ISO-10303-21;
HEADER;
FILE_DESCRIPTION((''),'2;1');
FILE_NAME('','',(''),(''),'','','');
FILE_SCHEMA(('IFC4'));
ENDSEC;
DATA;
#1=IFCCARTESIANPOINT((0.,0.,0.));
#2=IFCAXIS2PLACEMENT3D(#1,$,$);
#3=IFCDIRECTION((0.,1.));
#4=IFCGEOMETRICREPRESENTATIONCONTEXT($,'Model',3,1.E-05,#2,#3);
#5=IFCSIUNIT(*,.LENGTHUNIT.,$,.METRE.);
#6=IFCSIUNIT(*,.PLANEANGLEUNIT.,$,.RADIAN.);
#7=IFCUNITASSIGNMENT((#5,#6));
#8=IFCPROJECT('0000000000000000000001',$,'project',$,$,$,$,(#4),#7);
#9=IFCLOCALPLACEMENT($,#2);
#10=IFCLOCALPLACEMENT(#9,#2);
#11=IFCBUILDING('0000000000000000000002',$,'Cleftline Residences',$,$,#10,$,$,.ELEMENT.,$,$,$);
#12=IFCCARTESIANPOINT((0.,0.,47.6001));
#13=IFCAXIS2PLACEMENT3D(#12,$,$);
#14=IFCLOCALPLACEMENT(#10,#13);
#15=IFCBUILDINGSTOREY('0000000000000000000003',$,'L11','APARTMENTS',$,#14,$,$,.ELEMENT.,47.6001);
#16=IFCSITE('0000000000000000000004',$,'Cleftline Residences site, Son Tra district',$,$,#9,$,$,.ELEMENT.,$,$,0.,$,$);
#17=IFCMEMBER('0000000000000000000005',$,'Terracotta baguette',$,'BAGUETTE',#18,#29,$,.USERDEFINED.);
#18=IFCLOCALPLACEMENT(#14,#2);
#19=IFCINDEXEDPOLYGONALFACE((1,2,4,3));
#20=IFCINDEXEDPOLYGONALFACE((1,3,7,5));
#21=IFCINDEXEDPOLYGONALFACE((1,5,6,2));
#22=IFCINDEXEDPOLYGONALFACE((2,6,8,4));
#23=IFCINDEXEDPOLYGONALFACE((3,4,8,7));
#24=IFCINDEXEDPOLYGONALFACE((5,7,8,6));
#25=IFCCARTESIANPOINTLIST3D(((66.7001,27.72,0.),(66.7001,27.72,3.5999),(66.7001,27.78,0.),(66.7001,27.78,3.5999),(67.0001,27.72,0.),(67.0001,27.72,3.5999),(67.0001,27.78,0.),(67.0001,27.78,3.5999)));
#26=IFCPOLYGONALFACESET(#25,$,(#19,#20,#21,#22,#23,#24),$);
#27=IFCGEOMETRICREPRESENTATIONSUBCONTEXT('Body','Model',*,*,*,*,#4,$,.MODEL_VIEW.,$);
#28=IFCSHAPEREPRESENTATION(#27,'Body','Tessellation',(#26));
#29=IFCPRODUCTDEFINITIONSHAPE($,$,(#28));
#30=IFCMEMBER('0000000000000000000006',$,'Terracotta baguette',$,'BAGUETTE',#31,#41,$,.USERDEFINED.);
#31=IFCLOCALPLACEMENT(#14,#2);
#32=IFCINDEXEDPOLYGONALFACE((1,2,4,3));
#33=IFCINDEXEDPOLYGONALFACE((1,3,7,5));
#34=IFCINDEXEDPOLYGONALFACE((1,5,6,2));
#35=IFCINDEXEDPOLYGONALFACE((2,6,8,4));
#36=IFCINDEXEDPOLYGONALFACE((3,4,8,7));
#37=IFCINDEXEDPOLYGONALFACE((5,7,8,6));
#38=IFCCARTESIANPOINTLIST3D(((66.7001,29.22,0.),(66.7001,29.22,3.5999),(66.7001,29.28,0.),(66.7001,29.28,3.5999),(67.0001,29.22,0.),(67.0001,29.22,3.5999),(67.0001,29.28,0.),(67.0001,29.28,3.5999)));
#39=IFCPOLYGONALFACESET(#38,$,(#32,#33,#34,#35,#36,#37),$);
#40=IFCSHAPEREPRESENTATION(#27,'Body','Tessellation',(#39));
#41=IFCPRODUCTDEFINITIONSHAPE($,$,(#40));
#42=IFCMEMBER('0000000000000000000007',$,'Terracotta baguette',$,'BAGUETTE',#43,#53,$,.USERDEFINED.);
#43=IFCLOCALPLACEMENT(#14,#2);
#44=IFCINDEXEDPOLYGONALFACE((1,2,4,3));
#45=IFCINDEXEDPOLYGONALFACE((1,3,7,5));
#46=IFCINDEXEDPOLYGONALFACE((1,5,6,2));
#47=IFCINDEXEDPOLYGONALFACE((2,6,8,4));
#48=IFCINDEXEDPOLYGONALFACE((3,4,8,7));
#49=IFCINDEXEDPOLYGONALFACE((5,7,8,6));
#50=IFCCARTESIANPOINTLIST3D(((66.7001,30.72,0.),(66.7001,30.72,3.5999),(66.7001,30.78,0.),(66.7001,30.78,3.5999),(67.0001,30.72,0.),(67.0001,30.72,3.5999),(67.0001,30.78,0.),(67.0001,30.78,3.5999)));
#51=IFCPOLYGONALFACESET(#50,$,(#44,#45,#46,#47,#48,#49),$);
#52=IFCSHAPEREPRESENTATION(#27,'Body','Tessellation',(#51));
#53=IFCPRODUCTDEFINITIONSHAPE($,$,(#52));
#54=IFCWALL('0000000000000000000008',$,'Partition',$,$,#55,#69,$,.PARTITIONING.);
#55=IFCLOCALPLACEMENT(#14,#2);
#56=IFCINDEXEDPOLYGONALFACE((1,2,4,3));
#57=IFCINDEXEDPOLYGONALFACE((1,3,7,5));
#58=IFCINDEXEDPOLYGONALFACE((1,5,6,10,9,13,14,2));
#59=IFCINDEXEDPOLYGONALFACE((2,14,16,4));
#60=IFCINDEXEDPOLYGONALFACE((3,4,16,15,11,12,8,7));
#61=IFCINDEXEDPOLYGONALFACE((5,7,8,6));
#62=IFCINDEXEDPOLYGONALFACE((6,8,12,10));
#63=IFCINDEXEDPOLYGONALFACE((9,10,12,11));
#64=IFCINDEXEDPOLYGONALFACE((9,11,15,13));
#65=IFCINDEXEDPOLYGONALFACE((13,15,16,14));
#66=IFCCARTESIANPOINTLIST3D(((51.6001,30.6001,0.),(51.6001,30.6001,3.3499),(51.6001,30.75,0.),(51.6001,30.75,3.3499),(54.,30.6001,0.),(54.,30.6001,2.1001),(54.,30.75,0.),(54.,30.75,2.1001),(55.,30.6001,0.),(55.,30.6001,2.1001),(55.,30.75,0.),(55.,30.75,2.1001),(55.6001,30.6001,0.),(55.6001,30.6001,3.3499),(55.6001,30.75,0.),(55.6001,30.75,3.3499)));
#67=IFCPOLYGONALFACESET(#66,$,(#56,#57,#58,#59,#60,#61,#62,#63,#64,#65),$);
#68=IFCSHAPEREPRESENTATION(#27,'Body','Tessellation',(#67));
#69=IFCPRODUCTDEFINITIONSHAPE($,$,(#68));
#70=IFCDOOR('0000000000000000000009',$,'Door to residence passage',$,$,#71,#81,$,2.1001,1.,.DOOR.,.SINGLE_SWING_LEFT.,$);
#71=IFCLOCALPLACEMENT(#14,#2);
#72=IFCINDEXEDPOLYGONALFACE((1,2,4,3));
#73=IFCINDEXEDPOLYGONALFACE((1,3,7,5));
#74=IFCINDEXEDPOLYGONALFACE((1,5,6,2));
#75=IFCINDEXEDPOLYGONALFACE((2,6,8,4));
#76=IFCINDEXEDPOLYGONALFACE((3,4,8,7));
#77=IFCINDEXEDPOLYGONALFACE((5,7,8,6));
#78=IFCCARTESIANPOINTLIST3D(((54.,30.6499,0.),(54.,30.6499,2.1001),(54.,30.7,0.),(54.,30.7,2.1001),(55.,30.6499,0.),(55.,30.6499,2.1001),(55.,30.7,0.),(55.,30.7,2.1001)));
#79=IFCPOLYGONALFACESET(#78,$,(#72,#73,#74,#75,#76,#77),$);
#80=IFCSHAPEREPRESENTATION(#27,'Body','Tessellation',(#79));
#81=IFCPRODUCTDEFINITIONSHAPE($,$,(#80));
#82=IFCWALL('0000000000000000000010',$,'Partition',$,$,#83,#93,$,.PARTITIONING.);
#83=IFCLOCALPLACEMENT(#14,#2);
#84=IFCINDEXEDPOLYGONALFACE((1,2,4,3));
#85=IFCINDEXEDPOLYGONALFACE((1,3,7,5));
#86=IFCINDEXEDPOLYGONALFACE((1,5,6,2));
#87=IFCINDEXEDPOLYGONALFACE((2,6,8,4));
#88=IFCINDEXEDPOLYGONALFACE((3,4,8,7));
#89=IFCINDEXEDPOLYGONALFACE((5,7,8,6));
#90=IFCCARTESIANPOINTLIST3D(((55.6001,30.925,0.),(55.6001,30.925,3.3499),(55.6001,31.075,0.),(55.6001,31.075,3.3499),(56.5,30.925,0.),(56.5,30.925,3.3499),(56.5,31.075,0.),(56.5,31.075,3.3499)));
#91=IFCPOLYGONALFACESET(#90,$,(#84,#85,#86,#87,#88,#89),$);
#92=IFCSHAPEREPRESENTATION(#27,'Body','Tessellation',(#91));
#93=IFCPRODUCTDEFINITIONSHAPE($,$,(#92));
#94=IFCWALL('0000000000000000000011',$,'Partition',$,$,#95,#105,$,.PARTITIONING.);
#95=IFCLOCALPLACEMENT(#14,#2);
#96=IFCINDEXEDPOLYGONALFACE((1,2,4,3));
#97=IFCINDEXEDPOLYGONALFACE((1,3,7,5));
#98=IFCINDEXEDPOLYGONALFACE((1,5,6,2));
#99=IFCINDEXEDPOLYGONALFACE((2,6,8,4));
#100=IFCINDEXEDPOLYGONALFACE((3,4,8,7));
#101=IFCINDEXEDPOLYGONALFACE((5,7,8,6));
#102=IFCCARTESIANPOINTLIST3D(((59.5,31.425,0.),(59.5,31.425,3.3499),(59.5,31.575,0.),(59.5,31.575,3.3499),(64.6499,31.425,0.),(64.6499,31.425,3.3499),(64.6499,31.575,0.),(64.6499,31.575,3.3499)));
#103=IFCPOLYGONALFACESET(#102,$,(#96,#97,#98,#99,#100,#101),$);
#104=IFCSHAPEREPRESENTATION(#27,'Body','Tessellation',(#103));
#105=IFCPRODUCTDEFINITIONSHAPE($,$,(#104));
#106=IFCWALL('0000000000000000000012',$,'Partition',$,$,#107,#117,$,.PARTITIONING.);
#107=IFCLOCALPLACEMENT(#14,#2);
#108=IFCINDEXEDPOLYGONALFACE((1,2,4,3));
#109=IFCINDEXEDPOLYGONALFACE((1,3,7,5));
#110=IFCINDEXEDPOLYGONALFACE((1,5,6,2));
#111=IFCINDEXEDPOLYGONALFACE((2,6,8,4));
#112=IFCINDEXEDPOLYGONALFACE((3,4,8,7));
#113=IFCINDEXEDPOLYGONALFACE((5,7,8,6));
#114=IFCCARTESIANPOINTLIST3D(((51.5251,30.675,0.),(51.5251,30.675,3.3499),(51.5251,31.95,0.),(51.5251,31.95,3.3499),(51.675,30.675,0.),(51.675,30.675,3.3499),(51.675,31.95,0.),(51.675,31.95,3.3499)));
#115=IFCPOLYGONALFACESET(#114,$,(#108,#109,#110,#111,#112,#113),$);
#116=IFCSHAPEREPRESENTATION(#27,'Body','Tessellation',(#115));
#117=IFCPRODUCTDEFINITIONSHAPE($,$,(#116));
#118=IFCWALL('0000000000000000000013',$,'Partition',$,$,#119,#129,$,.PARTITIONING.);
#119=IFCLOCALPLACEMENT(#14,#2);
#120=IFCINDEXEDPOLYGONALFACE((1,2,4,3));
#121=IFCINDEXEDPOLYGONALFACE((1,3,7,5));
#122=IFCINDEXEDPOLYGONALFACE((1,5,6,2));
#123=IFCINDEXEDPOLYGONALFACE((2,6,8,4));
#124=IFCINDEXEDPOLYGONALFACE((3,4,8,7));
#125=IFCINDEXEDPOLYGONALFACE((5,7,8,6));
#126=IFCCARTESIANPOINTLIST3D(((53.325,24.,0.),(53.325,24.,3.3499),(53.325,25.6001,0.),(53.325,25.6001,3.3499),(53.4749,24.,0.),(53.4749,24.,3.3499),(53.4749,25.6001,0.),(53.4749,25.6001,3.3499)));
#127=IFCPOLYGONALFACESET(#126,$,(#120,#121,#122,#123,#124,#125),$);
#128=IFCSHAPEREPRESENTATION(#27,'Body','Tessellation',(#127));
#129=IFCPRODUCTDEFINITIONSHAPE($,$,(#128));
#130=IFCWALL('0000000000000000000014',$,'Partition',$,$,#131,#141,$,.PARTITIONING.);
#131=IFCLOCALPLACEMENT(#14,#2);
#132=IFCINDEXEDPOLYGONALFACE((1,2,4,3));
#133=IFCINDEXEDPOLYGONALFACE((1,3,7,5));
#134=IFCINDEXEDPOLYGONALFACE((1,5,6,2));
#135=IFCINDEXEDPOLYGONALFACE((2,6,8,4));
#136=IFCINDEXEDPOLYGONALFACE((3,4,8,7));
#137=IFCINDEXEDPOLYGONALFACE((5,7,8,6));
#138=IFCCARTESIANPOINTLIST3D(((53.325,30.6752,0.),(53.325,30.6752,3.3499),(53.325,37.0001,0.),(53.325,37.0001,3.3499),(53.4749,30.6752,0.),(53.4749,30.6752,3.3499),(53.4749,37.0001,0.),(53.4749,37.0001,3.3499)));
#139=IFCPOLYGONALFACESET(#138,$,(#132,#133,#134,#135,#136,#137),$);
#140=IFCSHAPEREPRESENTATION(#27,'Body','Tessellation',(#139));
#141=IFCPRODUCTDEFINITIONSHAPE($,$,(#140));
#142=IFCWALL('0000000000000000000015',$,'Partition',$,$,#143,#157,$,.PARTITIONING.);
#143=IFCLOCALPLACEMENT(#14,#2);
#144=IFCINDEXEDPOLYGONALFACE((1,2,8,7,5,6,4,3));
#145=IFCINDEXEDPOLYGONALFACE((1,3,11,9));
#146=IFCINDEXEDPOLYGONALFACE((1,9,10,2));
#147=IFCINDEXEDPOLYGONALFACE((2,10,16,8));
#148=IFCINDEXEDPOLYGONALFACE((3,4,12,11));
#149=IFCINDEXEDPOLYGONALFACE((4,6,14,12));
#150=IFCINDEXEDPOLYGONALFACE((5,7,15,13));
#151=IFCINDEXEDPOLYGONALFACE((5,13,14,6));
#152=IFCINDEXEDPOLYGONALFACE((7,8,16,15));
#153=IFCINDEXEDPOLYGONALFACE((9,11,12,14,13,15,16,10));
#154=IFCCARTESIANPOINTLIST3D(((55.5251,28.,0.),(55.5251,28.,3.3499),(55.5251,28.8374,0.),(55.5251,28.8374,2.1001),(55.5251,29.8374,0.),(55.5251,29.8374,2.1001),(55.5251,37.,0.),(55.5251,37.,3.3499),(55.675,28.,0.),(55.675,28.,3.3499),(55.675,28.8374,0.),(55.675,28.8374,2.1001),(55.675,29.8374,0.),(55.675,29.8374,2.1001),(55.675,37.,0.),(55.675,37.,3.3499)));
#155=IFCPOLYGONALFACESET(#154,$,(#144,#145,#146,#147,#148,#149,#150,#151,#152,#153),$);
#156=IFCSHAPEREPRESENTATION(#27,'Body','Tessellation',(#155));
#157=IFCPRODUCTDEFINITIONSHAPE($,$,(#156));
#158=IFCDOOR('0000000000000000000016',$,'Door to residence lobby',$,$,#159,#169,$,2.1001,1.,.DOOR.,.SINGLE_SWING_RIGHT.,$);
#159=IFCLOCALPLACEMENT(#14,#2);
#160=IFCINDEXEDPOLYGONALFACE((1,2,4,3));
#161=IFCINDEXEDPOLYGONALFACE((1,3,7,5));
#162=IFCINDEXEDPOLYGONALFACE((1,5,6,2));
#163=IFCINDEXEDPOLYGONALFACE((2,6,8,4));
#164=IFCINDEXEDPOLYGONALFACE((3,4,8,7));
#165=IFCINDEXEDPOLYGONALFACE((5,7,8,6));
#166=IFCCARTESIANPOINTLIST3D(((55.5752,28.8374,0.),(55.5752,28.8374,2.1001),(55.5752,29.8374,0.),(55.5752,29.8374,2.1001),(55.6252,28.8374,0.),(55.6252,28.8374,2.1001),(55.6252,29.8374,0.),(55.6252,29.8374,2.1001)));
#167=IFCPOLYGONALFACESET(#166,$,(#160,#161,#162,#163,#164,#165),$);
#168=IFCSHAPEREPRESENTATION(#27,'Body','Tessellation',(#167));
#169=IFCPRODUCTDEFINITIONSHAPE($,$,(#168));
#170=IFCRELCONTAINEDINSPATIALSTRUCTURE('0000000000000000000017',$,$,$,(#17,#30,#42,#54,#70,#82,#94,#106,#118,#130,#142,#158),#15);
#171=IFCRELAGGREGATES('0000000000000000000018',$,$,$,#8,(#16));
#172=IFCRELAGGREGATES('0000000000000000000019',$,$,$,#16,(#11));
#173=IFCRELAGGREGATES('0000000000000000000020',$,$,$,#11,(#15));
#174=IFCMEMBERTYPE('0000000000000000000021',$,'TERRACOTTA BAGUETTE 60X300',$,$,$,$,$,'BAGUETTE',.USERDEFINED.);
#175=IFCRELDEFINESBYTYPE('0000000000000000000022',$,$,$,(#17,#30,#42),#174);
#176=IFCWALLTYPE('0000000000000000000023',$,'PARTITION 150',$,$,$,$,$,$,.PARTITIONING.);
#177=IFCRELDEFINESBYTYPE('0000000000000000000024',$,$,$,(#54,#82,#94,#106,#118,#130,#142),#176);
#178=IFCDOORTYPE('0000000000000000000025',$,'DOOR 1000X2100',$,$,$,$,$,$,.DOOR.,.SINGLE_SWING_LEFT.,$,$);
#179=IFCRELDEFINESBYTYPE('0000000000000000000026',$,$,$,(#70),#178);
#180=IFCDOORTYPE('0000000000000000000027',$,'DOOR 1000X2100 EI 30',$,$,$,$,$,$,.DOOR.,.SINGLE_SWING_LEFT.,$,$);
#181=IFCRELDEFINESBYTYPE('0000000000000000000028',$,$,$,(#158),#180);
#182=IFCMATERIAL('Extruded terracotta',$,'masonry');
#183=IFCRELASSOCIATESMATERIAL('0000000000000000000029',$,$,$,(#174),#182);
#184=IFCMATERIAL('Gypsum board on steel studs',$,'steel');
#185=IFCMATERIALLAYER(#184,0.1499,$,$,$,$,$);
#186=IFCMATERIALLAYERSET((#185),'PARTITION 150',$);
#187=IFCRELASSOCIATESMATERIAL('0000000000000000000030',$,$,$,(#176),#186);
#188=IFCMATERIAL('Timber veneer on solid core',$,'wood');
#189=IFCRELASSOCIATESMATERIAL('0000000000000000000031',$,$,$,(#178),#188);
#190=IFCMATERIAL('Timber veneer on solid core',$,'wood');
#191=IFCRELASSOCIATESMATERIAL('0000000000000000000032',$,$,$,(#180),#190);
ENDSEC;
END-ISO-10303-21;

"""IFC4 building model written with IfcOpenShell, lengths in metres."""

from ifc_helpers import new_model, si_unit, direction, frame, frame_2d, origin, origin_2d, place, context, subcontext, project, spatial, rectangle, extrude, material, layer, layer_set, material_profile, profile_set, type_object, element, fill, save


model = new_model("IFC4")

# Units and contexts
model_context = context("Model", 3, precision=1e-05, world=origin(), true_north=direction((0.0, 1.0)))
body_context = subcontext(model_context, "Body", "Model", "MODEL_VIEW")
ifc_project = project(units=[si_unit("LENGTHUNIT", "METRE"), si_unit("PLANEANGLEUNIT", "RADIAN")], contexts=[model_context])

# Site, building, storey
site_placement = place(None, origin())
site = spatial("IfcSite", under=ifc_project, at=site_placement, Name="Cleftline Residences site, Son Tra district", CompositionType="ELEMENT", RefElevation=0.0)
building_placement = place(site_placement, origin())
building = spatial("IfcBuilding", under=site, at=building_placement, Name="Cleftline Residences", CompositionType="ELEMENT")
storey_placement = place(building_placement, frame((0.0, 0.0, 47.6001)))
storey = spatial("IfcBuildingStorey", under=building, at=storey_placement, Name="L11", Description="APARTMENTS", CompositionType="ELEMENT", Elevation=47.6001)

# Members
ifc_material_1 = material(Name="Extruded terracotta", Category="masonry")
ifc_material_profile_1 = material_profile(ifc_material_1, rectangle(XDim=0.0601, YDim=0.3, at=origin_2d()))
ifc_profile_set_1 = profile_set([ifc_material_profile_1], Name="Extruded terracotta")
member_type_1 = type_object("IfcMemberType", Name="TERRACOTTA BAGUETTE 60X300", ElementType="BAGUETTE", PredefinedType="USERDEFINED", material=ifc_profile_set_1)
for number, where, z_axis, x_axis, name in (
    (1, (66.8501, 27.75, 0.0), (0.0, 0.0, 1.0), (0.0, 1.0, 0.0), "Terracotta baguette"),
    (2, (66.8501, 29.25, 0.0), (0.0, 0.0, 1.0), (0.0, 1.0, 0.0), "Terracotta baguette"),
    (3, (66.8501, 30.75, 0.0), (0.0, 0.0, 1.0), (0.0, 1.0, 0.0), "Terracotta baguette"),
):
    element("IfcMember", number, at=place(storey_placement, frame(where, z_axis=z_axis, x_axis=x_axis)), inside=storey, type_object=member_type_1, Name=name, ObjectType="BAGUETTE", PredefinedType="USERDEFINED", context=body_context, shape_type="SweptSolid", body=[
        extrude(rectangle(XDim=0.0601, YDim=0.3, at=origin_2d()), origin(), (0.0, 0.0, 1.0), 3.5999),
    ])

# Wall, opening, door
ifc_material_2 = material(Name="Gypsum board on steel studs", Category="steel")
ifc_layer_1 = layer(ifc_material_2, 0.1499)
ifc_layer_set_1 = layer_set([ifc_layer_1], Name="PARTITION 150")
wall_type_1 = type_object("IfcWallType", Name="PARTITION 150", PredefinedType="PARTITIONING", material=ifc_layer_set_1)
wall_1_placement = place(storey_placement, frame((51.6001, 30.675, 0.0), z_axis=(0.0, 0.0, 1.0), x_axis=(1.0, 0.0, 0.0)))
wall_1 = element("IfcWall", 4, at=wall_1_placement, inside=storey, type_object=wall_type_1, Name="Partition", PredefinedType="PARTITIONING", context=body_context, shape_type="SweptSolid", body=[
    extrude(rectangle(XDim=4.0, YDim=0.1499, at=frame_2d((2.0, 0.0))), origin(), (0.0, 0.0, 1.0), 3.3499),
])
opening_1_placement = place(wall_1_placement, frame((2.3999, 0.0, 0.0)))
opening_1 = element("IfcOpeningElement", 5, at=opening_1_placement, cuts=wall_1, PredefinedType="OPENING", context=body_context, shape_type="SweptSolid", body=[
    extrude(rectangle(XDim=1.0, YDim=2.1001, at=frame_2d((0.5, 1.05))), frame((0.0, 0.085, 0.0), z_axis=(0.0, -1.0, 0.0), x_axis=(1.0, 0.0, 0.0)), (0.0, 0.0, 1.0), 0.1699),
])
ifc_material_3 = material(Name="Timber veneer on solid core", Category="wood")
door_type_1 = type_object("IfcDoorType", Name="DOOR 1000X2100", OperationType="SINGLE_SWING_LEFT", PredefinedType="DOOR", material=ifc_material_3)
door_1_placement = place(opening_1_placement, origin())
door_1 = element("IfcDoor", 6, at=door_1_placement, inside=storey, type_object=door_type_1, Name="Door to residence passage", OperationType="SINGLE_SWING_LEFT", OverallHeight=2.1001, OverallWidth=1.0, PredefinedType="DOOR", context=body_context, shape_type="SweptSolid", body=[
    extrude(rectangle(XDim=1.0, YDim=2.1001, at=frame_2d((0.5, 1.05))), frame((0.0, 0.0249, 0.0), z_axis=(0.0, -1.0, 0.0), x_axis=(1.0, 0.0, 0.0)), (0.0, 0.0, 1.0), 0.05),
])
fill(opening_1, door_1)

# Walls
wall_2_placement = place(storey_placement, frame((55.6001, 31.0, 0.0), z_axis=(0.0, 0.0, 1.0), x_axis=(1.0, 0.0, 0.0)))
element("IfcWall", 7, at=wall_2_placement, inside=storey, type_object=wall_type_1, Name="Partition", PredefinedType="PARTITIONING", context=body_context, shape_type="SweptSolid", body=[
    extrude(rectangle(XDim=0.8999, YDim=0.1499, at=frame_2d((0.45, 0.0))), origin(), (0.0, 0.0, 1.0), 3.3499),
])
wall_3_placement = place(storey_placement, frame((59.5, 31.5, 0.0), z_axis=(0.0, 0.0, 1.0), x_axis=(1.0, 0.0, 0.0)))
element("IfcWall", 8, at=wall_3_placement, inside=storey, type_object=wall_type_1, Name="Partition", PredefinedType="PARTITIONING", context=body_context, shape_type="SweptSolid", body=[
    extrude(rectangle(XDim=5.1499, YDim=0.1499, at=frame_2d((2.575, 0.0))), origin(), (0.0, 0.0, 1.0), 3.3499),
])
wall_4_placement = place(storey_placement, frame((51.6001, 30.675, 0.0), z_axis=(0.0, 0.0, 1.0), x_axis=(0.0, 1.0, 0.0)))
element("IfcWall", 9, at=wall_4_placement, inside=storey, type_object=wall_type_1, Name="Partition", PredefinedType="PARTITIONING", context=body_context, shape_type="SweptSolid", body=[
    extrude(rectangle(XDim=1.2749, YDim=0.1499, at=frame_2d((0.6375, 0.0))), origin(), (0.0, 0.0, 1.0), 3.3499),
])
wall_5_placement = place(storey_placement, frame((53.3999, 24.0, 0.0), z_axis=(0.0, 0.0, 1.0), x_axis=(0.0, 1.0, 0.0)))
element("IfcWall", 10, at=wall_5_placement, inside=storey, type_object=wall_type_1, Name="Partition", PredefinedType="PARTITIONING", context=body_context, shape_type="SweptSolid", body=[
    extrude(rectangle(XDim=1.6001, YDim=0.1499, at=frame_2d((0.8, 0.0))), origin(), (0.0, 0.0, 1.0), 3.3499),
])
wall_6_placement = place(storey_placement, frame((53.3999, 30.675, 0.0), z_axis=(0.0, 0.0, 1.0), x_axis=(0.0, 1.0, 0.0)))
element("IfcWall", 11, at=wall_6_placement, inside=storey, type_object=wall_type_1, Name="Partition", PredefinedType="PARTITIONING", context=body_context, shape_type="SweptSolid", body=[
    extrude(rectangle(XDim=6.325, YDim=0.1499, at=frame_2d((3.1626, 0.0))), origin(), (0.0, 0.0, 1.0), 3.3499),
])

# Wall, opening, door
wall_7_placement = place(storey_placement, frame((55.6001, 28.0, 0.0), z_axis=(0.0, 0.0, 1.0), x_axis=(0.0, 1.0, 0.0)))
wall_7 = element("IfcWall", 12, at=wall_7_placement, inside=storey, type_object=wall_type_1, Name="Partition", PredefinedType="PARTITIONING", context=body_context, shape_type="SweptSolid", body=[
    extrude(rectangle(XDim=9.0, YDim=0.1499, at=frame_2d((4.5, 0.0))), origin(), (0.0, 0.0, 1.0), 3.3499),
])
opening_2_placement = place(wall_7_placement, frame((0.8374, 0.0, 0.0)))
opening_2 = element("IfcOpeningElement", 13, at=opening_2_placement, cuts=wall_7, PredefinedType="OPENING", context=body_context, shape_type="SweptSolid", body=[
    extrude(rectangle(XDim=1.0, YDim=2.1001, at=frame_2d((0.5, 1.05))), frame((0.0, 0.085, 0.0), z_axis=(0.0, -1.0, 0.0), x_axis=(1.0, 0.0, 0.0)), (0.0, 0.0, 1.0), 0.1699),
])
ifc_material_4 = material(Name="Timber veneer on solid core", Category="wood")
door_type_2 = type_object("IfcDoorType", Name="DOOR 1000X2100 EI 30", OperationType="SINGLE_SWING_LEFT", PredefinedType="DOOR", material=ifc_material_4)
door_2_placement = place(opening_2_placement, origin())
door_2 = element("IfcDoor", 14, at=door_2_placement, inside=storey, type_object=door_type_2, Name="Door to residence lobby", OperationType="SINGLE_SWING_RIGHT", OverallHeight=2.1001, OverallWidth=1.0, PredefinedType="DOOR", context=body_context, shape_type="SweptSolid", body=[
    extrude(rectangle(XDim=1.0, YDim=2.1001, at=frame_2d((0.5, 1.05))), frame((0.0, 0.0249, 0.0), z_axis=(0.0, -1.0, 0.0), x_axis=(1.0, 0.0, 0.0)), (0.0, 0.0, 1.0), 0.05),
])
fill(opening_2, door_2)

save(model, "model.ifc")
